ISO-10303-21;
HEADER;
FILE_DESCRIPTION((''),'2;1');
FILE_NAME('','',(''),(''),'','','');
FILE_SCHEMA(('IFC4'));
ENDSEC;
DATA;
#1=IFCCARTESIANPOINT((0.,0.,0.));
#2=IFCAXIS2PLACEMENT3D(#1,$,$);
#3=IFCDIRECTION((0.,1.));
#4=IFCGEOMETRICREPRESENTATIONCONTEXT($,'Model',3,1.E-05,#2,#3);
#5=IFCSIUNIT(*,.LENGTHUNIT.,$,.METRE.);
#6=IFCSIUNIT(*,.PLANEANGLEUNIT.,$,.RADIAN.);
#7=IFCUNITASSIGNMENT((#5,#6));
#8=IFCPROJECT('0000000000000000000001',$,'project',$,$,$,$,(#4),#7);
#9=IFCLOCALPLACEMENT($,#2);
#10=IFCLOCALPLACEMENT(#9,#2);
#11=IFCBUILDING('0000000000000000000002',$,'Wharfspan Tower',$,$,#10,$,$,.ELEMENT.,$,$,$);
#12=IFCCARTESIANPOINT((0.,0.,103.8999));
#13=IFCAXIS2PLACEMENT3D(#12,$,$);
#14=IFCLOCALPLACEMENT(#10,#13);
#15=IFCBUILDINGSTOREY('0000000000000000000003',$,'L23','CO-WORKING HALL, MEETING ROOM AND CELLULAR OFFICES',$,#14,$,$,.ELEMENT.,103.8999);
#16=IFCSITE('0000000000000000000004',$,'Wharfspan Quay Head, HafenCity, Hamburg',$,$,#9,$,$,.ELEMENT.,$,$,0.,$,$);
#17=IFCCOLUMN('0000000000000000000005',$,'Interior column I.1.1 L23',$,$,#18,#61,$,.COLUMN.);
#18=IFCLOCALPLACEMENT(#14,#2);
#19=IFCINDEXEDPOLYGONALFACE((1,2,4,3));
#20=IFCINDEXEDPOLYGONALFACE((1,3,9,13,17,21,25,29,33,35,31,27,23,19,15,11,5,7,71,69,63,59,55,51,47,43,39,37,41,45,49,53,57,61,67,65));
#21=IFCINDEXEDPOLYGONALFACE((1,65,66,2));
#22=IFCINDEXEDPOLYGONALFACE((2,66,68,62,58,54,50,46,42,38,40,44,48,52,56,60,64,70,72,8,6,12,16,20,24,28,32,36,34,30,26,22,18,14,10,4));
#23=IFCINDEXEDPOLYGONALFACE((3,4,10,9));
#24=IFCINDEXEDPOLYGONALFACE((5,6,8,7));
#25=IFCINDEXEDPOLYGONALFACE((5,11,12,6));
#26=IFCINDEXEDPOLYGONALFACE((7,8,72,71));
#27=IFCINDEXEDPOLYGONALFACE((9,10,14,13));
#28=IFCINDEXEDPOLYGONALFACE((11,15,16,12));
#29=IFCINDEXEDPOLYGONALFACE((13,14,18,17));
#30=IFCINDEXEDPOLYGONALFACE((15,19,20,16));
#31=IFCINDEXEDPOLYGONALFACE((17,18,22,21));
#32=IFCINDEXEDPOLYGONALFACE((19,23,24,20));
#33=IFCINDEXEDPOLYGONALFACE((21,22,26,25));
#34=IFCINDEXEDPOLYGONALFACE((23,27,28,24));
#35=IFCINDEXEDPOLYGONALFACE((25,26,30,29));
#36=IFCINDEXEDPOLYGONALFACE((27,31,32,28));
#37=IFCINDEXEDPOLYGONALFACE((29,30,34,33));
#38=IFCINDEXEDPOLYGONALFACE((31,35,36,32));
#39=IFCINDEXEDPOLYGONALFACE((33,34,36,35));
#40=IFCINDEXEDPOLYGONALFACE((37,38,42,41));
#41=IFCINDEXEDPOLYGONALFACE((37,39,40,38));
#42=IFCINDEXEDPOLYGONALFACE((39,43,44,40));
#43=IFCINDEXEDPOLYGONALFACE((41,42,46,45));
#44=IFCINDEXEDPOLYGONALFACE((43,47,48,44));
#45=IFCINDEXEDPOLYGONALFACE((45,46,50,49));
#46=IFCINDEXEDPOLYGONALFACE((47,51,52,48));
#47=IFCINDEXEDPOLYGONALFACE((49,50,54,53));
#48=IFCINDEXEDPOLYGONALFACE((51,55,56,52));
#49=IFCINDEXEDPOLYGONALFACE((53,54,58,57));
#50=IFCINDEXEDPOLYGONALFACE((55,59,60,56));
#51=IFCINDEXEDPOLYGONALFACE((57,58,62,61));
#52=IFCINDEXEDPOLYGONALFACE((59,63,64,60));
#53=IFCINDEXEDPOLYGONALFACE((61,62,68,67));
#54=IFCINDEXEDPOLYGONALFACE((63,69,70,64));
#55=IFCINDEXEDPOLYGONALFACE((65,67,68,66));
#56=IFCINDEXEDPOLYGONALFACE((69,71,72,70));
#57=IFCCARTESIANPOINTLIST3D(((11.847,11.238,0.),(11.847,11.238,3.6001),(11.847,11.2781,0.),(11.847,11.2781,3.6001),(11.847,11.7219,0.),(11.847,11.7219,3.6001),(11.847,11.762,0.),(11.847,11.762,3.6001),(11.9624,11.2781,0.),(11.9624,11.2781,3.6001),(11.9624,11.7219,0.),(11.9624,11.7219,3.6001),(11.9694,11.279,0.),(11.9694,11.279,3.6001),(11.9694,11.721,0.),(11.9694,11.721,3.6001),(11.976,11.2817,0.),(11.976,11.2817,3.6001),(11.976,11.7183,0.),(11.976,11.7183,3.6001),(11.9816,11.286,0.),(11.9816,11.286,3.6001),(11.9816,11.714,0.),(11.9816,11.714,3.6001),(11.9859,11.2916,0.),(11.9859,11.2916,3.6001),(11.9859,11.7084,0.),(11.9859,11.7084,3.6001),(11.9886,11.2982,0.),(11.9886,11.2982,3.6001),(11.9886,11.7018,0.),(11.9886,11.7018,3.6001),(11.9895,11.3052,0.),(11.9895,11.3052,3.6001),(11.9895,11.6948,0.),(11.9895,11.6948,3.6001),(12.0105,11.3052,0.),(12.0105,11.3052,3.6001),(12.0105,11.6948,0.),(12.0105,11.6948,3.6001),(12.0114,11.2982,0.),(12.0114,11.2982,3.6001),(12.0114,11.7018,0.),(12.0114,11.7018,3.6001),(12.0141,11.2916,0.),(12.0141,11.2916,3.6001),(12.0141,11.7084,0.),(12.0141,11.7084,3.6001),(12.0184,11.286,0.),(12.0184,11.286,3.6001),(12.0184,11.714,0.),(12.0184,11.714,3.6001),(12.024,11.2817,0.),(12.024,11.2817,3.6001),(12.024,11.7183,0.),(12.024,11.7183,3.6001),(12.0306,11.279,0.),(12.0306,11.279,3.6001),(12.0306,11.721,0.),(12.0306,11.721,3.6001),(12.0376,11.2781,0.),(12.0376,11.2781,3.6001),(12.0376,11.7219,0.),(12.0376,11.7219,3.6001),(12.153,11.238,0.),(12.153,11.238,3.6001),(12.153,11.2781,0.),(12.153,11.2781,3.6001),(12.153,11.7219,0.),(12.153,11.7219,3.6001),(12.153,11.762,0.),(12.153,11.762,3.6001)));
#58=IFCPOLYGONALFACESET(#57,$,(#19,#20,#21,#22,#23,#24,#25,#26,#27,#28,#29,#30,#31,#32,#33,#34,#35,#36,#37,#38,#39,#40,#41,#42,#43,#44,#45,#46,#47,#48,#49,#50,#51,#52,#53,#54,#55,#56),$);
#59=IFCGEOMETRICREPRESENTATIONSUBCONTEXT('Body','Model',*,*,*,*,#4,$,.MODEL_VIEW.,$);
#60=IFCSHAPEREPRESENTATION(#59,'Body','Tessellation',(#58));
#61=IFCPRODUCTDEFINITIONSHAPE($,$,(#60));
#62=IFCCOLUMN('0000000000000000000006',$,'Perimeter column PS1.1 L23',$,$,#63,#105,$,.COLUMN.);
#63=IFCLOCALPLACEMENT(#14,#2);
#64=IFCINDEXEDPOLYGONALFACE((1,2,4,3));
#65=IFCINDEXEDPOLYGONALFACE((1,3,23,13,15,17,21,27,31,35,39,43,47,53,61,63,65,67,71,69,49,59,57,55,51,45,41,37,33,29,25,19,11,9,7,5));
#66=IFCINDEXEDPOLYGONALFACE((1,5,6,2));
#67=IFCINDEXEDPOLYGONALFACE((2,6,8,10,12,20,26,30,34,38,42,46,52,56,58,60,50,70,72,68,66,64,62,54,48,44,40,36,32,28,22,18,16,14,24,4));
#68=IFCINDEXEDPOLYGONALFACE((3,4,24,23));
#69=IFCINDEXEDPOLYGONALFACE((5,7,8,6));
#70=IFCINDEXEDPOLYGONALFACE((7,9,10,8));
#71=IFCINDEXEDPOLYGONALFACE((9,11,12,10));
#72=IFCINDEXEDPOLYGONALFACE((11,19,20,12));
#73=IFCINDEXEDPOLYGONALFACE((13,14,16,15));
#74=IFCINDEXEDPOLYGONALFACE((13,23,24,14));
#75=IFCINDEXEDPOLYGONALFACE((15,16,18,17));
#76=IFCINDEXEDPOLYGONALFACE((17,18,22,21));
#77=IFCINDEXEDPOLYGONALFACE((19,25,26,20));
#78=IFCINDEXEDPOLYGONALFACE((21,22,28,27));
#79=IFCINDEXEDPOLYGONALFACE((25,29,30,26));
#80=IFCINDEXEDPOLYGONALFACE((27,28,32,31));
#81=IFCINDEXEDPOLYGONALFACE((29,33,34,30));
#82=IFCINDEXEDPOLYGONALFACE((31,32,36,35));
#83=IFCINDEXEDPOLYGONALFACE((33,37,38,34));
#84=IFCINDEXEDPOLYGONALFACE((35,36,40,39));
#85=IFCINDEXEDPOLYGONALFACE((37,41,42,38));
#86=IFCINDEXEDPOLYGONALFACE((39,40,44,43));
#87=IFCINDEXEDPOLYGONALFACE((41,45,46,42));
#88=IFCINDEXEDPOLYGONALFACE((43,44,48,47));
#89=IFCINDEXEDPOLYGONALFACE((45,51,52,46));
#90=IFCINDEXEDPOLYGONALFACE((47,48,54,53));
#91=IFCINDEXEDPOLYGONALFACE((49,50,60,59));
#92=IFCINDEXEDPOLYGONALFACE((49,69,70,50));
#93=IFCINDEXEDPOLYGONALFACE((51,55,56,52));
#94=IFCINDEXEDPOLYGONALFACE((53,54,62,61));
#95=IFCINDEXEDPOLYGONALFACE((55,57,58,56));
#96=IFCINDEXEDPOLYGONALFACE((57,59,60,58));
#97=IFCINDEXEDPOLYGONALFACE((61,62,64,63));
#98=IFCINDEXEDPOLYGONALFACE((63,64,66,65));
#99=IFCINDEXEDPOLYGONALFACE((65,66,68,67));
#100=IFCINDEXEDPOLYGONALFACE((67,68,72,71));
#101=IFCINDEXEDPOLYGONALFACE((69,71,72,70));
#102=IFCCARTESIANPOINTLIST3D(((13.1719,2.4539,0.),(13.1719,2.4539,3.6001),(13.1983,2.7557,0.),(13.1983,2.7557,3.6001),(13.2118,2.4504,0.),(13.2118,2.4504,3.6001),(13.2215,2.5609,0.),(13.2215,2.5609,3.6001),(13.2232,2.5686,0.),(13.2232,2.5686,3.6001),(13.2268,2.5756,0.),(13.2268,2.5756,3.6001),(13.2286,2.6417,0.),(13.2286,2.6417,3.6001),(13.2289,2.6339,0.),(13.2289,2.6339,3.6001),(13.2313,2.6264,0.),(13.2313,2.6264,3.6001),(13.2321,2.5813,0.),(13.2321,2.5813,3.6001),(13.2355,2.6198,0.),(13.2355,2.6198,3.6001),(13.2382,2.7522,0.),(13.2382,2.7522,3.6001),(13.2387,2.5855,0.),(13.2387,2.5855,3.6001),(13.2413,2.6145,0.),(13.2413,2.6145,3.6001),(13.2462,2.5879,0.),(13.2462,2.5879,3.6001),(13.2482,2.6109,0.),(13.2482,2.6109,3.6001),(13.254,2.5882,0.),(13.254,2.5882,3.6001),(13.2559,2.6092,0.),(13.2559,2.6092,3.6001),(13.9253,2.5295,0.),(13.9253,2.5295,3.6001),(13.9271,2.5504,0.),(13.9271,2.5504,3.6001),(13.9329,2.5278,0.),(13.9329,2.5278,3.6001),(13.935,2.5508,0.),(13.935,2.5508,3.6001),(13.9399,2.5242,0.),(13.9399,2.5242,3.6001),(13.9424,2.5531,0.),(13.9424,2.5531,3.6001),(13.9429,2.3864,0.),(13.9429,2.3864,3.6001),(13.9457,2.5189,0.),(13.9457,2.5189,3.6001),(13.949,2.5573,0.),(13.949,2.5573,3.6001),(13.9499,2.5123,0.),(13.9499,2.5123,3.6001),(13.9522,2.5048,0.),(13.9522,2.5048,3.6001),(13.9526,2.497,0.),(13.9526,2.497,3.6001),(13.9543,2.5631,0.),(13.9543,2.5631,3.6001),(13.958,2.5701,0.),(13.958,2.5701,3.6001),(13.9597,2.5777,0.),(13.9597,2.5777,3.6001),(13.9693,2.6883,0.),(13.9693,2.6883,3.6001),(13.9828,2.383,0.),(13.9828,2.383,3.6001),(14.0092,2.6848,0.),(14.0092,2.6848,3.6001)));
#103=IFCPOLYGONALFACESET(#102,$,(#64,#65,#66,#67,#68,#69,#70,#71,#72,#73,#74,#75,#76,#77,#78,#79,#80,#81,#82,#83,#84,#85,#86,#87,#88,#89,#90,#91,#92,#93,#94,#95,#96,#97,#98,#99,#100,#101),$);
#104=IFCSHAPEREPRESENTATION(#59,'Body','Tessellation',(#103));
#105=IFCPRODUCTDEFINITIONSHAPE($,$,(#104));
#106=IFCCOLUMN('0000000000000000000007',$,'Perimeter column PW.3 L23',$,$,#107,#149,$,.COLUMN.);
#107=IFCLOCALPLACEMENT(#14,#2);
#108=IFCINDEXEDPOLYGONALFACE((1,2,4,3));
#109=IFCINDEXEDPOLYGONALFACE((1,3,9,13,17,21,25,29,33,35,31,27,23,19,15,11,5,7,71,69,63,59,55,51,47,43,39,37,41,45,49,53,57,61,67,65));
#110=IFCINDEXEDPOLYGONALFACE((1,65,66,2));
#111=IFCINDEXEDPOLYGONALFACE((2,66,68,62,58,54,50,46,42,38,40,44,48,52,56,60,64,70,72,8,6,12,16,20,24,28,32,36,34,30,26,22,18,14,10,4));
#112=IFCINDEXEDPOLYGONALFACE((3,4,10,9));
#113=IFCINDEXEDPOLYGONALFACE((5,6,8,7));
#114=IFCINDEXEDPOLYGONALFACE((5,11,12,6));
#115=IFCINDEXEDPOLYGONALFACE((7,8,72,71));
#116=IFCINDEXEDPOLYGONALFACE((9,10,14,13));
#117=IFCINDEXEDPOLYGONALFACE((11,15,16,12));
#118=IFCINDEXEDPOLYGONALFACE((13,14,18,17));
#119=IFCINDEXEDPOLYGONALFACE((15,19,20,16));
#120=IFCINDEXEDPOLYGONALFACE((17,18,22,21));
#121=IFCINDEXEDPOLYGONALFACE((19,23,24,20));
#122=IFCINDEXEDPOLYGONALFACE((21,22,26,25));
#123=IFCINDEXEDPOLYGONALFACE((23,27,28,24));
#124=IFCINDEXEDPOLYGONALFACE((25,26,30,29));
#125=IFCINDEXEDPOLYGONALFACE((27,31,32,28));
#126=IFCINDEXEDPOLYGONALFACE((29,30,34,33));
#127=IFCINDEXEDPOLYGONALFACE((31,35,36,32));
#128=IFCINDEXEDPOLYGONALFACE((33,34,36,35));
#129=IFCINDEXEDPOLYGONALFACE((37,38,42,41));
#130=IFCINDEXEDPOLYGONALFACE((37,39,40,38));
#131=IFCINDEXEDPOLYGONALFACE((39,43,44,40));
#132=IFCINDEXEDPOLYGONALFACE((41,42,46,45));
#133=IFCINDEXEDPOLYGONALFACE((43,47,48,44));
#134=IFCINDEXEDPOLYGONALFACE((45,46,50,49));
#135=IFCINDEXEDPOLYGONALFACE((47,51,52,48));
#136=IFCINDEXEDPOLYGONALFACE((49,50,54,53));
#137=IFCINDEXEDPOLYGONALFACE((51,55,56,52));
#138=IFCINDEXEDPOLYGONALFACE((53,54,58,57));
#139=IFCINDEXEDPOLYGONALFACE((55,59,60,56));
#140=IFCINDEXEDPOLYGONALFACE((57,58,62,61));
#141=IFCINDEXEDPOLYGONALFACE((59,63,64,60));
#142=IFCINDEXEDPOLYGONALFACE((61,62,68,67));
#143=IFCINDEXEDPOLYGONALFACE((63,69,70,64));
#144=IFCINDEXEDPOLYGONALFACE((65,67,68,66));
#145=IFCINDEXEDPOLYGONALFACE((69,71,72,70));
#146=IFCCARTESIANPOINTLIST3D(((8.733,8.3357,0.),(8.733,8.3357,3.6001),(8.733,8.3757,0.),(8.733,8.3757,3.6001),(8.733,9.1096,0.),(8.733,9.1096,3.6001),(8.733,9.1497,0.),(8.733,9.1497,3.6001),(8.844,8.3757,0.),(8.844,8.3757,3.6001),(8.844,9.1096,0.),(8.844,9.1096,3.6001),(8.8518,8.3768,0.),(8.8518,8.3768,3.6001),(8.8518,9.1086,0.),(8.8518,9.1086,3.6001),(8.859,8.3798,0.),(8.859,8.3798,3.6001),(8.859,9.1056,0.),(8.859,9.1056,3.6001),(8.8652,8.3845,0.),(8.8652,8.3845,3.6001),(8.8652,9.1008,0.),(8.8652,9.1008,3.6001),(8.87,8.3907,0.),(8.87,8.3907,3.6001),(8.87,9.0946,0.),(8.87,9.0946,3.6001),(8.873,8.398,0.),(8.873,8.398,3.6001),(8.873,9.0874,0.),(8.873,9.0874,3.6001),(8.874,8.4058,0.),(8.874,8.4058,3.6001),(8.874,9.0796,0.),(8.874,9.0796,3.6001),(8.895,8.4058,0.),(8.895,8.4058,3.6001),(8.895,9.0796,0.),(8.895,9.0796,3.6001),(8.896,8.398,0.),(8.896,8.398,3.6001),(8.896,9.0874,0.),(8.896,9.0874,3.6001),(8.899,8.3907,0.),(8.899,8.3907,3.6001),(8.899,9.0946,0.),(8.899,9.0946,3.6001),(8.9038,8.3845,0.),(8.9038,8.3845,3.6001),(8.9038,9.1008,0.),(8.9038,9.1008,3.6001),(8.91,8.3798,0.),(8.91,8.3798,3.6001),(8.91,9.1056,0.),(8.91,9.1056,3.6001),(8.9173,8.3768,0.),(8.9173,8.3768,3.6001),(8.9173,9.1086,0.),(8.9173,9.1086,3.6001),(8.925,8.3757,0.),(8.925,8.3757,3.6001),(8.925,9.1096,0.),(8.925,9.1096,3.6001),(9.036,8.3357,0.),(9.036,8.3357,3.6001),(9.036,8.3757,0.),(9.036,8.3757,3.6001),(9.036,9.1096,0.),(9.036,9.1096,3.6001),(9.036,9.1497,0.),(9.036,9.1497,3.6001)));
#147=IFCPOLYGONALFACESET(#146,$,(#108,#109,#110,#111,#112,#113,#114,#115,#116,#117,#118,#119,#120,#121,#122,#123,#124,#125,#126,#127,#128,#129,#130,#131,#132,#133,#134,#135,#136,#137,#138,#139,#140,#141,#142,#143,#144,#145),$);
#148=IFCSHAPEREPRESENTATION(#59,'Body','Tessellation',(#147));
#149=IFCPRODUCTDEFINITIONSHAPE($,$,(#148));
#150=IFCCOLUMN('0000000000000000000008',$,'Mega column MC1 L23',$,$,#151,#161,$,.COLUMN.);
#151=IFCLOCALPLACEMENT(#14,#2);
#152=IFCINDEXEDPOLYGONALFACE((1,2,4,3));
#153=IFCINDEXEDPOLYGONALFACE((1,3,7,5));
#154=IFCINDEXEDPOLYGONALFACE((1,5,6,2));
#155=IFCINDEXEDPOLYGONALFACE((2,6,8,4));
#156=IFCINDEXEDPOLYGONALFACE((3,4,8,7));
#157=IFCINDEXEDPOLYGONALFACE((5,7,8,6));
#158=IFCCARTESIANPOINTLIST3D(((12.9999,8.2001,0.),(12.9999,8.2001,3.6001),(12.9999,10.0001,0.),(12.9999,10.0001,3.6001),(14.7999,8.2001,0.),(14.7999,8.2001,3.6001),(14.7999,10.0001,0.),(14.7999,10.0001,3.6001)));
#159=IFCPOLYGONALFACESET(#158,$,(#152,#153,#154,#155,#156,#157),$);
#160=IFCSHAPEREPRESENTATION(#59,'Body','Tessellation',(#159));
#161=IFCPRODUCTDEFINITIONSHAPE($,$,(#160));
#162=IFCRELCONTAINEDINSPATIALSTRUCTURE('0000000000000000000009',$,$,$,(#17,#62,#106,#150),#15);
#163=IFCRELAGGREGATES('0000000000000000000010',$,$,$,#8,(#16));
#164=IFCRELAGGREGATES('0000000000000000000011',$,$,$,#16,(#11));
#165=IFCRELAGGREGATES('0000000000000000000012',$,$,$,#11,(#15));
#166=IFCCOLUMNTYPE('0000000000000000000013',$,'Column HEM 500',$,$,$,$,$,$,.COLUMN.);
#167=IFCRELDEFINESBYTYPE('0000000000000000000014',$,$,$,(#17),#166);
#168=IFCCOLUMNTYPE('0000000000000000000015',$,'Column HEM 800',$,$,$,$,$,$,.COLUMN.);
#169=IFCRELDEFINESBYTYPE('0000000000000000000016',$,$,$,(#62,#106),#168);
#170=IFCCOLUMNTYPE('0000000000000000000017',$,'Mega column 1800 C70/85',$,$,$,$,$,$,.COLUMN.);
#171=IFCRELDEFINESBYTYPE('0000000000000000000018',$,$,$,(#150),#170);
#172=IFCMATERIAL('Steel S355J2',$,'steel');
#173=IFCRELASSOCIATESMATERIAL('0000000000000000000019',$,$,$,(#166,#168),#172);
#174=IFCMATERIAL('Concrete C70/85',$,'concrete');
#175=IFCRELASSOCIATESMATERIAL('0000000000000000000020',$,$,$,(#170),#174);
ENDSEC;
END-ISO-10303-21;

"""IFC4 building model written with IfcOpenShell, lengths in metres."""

from ifc_helpers import new_model, si_unit, direction, frame, origin, origin_2d, place, context, subcontext, project, spatial, rectangle, i_section, extrude, material, material_profile, profile_set, type_object, element, save


model = new_model("IFC4")

# Units and contexts
model_context = context("Model", 3, precision=1e-05, world=origin(), true_north=direction((0.0, 1.0)))
body_context = subcontext(model_context, "Body", "Model", "MODEL_VIEW")
ifc_project = project(units=[si_unit("LENGTHUNIT", "METRE"), si_unit("PLANEANGLEUNIT", "RADIAN")], contexts=[model_context])

# Site, building, storey
site_placement = place(None, origin())
site = spatial("IfcSite", under=ifc_project, at=site_placement, Name="Wharfspan Quay Head, HafenCity, Hamburg", CompositionType="ELEMENT", RefElevation=0.0)
building_placement = place(site_placement, origin())
building = spatial("IfcBuilding", under=site, at=building_placement, Name="Wharfspan Tower", CompositionType="ELEMENT")
storey_placement = place(building_placement, frame((0.0, 0.0, 103.8999)))
storey = spatial("IfcBuildingStorey", under=building, at=storey_placement, Name="L23", Description="CO-WORKING HALL, MEETING ROOM AND CELLULAR OFFICES", CompositionType="ELEMENT", Elevation=103.8999)

# Columns
ifc_material_1 = material(Name="Steel S355J2", Category="steel")
ifc_material_profile_1 = material_profile(ifc_material_1, i_section(OverallWidth=0.3059, OverallDepth=0.5239, WebThickness=0.021, FlangeThickness=0.04, FilletRadius=0.0271, at=origin_2d()))
ifc_profile_set_1 = profile_set([ifc_material_profile_1], Name="Steel S355J2")
column_type_1 = type_object("IfcColumnType", Name="Column HEM 500", PredefinedType="COLUMN", material=ifc_profile_set_1)
column_1_placement = place(storey_placement, frame((12.0, 11.5, 0.0), z_axis=(0.0, 0.0, 1.0), x_axis=(1.0, 0.0, 0.0)))
element("IfcColumn", 1, at=column_1_placement, inside=storey, type_object=column_type_1, Name="Interior column I.1.1 L23", PredefinedType="COLUMN", context=body_context, shape_type="SweptSolid", body=[
    extrude(i_section(OverallWidth=0.3059, OverallDepth=0.5239, WebThickness=0.021, FlangeThickness=0.04, FilletRadius=0.0271, at=origin_2d()), origin(), (0.0, 0.0, 1.0), 3.6001),
])
ifc_material_profile_2 = material_profile(ifc_material_1, i_section(OverallWidth=0.303, OverallDepth=0.814, WebThickness=0.021, FlangeThickness=0.04, FilletRadius=0.03, at=origin_2d()))
ifc_profile_set_2 = profile_set([ifc_material_profile_2], Name="Steel S355J2")
column_type_2 = type_object("IfcColumnType", Name="Column HEM 800", PredefinedType="COLUMN", material=ifc_profile_set_2)
for number, where, z_axis, x_axis, name in (
    (2, (13.5906, 2.5693, 0.0), (0.0, 0.0, 1.0), (-0.087156, -0.996198, 0.0), "Perimeter column PS1.1 L23"),
    (3, (8.8845, 8.7427, 0.0), (0.0, 0.0, 1.0), (-1.0, 0.0, 0.0), "Perimeter column PW.3 L23"),
):
    element("IfcColumn", number, at=place(storey_placement, frame(where, z_axis=z_axis, x_axis=x_axis)), inside=storey, type_object=column_type_2, Name=name, PredefinedType="COLUMN", context=body_context, shape_type="SweptSolid", body=[
        extrude(i_section(OverallWidth=0.303, OverallDepth=0.814, WebThickness=0.021, FlangeThickness=0.04, FilletRadius=0.03, at=origin_2d()), origin(), (0.0, 0.0, 1.0), 3.6001),
    ])
ifc_material_2 = material(Name="Concrete C70/85", Category="concrete")
ifc_material_profile_3 = material_profile(ifc_material_2, rectangle(XDim=1.8, YDim=1.8, at=origin_2d()))
ifc_profile_set_3 = profile_set([ifc_material_profile_3], Name="Concrete C70/85")
column_type_3 = type_object("IfcColumnType", Name="Mega column 1800 C70/85", PredefinedType="COLUMN", material=ifc_profile_set_3)
column_2_placement = place(storey_placement, frame((13.8999, 9.1001, 0.0), z_axis=(0.0, 0.0, 1.0), x_axis=(1.0, 0.0, 0.0)))
element("IfcColumn", 4, at=column_2_placement, inside=storey, type_object=column_type_3, Name="Mega column MC1 L23", PredefinedType="COLUMN", context=body_context, shape_type="SweptSolid", body=[
    extrude(rectangle(XDim=1.8, YDim=1.8, at=origin_2d()), origin(), (0.0, 0.0, 1.0), 3.6001),
])

save(model, "model.ifc")
